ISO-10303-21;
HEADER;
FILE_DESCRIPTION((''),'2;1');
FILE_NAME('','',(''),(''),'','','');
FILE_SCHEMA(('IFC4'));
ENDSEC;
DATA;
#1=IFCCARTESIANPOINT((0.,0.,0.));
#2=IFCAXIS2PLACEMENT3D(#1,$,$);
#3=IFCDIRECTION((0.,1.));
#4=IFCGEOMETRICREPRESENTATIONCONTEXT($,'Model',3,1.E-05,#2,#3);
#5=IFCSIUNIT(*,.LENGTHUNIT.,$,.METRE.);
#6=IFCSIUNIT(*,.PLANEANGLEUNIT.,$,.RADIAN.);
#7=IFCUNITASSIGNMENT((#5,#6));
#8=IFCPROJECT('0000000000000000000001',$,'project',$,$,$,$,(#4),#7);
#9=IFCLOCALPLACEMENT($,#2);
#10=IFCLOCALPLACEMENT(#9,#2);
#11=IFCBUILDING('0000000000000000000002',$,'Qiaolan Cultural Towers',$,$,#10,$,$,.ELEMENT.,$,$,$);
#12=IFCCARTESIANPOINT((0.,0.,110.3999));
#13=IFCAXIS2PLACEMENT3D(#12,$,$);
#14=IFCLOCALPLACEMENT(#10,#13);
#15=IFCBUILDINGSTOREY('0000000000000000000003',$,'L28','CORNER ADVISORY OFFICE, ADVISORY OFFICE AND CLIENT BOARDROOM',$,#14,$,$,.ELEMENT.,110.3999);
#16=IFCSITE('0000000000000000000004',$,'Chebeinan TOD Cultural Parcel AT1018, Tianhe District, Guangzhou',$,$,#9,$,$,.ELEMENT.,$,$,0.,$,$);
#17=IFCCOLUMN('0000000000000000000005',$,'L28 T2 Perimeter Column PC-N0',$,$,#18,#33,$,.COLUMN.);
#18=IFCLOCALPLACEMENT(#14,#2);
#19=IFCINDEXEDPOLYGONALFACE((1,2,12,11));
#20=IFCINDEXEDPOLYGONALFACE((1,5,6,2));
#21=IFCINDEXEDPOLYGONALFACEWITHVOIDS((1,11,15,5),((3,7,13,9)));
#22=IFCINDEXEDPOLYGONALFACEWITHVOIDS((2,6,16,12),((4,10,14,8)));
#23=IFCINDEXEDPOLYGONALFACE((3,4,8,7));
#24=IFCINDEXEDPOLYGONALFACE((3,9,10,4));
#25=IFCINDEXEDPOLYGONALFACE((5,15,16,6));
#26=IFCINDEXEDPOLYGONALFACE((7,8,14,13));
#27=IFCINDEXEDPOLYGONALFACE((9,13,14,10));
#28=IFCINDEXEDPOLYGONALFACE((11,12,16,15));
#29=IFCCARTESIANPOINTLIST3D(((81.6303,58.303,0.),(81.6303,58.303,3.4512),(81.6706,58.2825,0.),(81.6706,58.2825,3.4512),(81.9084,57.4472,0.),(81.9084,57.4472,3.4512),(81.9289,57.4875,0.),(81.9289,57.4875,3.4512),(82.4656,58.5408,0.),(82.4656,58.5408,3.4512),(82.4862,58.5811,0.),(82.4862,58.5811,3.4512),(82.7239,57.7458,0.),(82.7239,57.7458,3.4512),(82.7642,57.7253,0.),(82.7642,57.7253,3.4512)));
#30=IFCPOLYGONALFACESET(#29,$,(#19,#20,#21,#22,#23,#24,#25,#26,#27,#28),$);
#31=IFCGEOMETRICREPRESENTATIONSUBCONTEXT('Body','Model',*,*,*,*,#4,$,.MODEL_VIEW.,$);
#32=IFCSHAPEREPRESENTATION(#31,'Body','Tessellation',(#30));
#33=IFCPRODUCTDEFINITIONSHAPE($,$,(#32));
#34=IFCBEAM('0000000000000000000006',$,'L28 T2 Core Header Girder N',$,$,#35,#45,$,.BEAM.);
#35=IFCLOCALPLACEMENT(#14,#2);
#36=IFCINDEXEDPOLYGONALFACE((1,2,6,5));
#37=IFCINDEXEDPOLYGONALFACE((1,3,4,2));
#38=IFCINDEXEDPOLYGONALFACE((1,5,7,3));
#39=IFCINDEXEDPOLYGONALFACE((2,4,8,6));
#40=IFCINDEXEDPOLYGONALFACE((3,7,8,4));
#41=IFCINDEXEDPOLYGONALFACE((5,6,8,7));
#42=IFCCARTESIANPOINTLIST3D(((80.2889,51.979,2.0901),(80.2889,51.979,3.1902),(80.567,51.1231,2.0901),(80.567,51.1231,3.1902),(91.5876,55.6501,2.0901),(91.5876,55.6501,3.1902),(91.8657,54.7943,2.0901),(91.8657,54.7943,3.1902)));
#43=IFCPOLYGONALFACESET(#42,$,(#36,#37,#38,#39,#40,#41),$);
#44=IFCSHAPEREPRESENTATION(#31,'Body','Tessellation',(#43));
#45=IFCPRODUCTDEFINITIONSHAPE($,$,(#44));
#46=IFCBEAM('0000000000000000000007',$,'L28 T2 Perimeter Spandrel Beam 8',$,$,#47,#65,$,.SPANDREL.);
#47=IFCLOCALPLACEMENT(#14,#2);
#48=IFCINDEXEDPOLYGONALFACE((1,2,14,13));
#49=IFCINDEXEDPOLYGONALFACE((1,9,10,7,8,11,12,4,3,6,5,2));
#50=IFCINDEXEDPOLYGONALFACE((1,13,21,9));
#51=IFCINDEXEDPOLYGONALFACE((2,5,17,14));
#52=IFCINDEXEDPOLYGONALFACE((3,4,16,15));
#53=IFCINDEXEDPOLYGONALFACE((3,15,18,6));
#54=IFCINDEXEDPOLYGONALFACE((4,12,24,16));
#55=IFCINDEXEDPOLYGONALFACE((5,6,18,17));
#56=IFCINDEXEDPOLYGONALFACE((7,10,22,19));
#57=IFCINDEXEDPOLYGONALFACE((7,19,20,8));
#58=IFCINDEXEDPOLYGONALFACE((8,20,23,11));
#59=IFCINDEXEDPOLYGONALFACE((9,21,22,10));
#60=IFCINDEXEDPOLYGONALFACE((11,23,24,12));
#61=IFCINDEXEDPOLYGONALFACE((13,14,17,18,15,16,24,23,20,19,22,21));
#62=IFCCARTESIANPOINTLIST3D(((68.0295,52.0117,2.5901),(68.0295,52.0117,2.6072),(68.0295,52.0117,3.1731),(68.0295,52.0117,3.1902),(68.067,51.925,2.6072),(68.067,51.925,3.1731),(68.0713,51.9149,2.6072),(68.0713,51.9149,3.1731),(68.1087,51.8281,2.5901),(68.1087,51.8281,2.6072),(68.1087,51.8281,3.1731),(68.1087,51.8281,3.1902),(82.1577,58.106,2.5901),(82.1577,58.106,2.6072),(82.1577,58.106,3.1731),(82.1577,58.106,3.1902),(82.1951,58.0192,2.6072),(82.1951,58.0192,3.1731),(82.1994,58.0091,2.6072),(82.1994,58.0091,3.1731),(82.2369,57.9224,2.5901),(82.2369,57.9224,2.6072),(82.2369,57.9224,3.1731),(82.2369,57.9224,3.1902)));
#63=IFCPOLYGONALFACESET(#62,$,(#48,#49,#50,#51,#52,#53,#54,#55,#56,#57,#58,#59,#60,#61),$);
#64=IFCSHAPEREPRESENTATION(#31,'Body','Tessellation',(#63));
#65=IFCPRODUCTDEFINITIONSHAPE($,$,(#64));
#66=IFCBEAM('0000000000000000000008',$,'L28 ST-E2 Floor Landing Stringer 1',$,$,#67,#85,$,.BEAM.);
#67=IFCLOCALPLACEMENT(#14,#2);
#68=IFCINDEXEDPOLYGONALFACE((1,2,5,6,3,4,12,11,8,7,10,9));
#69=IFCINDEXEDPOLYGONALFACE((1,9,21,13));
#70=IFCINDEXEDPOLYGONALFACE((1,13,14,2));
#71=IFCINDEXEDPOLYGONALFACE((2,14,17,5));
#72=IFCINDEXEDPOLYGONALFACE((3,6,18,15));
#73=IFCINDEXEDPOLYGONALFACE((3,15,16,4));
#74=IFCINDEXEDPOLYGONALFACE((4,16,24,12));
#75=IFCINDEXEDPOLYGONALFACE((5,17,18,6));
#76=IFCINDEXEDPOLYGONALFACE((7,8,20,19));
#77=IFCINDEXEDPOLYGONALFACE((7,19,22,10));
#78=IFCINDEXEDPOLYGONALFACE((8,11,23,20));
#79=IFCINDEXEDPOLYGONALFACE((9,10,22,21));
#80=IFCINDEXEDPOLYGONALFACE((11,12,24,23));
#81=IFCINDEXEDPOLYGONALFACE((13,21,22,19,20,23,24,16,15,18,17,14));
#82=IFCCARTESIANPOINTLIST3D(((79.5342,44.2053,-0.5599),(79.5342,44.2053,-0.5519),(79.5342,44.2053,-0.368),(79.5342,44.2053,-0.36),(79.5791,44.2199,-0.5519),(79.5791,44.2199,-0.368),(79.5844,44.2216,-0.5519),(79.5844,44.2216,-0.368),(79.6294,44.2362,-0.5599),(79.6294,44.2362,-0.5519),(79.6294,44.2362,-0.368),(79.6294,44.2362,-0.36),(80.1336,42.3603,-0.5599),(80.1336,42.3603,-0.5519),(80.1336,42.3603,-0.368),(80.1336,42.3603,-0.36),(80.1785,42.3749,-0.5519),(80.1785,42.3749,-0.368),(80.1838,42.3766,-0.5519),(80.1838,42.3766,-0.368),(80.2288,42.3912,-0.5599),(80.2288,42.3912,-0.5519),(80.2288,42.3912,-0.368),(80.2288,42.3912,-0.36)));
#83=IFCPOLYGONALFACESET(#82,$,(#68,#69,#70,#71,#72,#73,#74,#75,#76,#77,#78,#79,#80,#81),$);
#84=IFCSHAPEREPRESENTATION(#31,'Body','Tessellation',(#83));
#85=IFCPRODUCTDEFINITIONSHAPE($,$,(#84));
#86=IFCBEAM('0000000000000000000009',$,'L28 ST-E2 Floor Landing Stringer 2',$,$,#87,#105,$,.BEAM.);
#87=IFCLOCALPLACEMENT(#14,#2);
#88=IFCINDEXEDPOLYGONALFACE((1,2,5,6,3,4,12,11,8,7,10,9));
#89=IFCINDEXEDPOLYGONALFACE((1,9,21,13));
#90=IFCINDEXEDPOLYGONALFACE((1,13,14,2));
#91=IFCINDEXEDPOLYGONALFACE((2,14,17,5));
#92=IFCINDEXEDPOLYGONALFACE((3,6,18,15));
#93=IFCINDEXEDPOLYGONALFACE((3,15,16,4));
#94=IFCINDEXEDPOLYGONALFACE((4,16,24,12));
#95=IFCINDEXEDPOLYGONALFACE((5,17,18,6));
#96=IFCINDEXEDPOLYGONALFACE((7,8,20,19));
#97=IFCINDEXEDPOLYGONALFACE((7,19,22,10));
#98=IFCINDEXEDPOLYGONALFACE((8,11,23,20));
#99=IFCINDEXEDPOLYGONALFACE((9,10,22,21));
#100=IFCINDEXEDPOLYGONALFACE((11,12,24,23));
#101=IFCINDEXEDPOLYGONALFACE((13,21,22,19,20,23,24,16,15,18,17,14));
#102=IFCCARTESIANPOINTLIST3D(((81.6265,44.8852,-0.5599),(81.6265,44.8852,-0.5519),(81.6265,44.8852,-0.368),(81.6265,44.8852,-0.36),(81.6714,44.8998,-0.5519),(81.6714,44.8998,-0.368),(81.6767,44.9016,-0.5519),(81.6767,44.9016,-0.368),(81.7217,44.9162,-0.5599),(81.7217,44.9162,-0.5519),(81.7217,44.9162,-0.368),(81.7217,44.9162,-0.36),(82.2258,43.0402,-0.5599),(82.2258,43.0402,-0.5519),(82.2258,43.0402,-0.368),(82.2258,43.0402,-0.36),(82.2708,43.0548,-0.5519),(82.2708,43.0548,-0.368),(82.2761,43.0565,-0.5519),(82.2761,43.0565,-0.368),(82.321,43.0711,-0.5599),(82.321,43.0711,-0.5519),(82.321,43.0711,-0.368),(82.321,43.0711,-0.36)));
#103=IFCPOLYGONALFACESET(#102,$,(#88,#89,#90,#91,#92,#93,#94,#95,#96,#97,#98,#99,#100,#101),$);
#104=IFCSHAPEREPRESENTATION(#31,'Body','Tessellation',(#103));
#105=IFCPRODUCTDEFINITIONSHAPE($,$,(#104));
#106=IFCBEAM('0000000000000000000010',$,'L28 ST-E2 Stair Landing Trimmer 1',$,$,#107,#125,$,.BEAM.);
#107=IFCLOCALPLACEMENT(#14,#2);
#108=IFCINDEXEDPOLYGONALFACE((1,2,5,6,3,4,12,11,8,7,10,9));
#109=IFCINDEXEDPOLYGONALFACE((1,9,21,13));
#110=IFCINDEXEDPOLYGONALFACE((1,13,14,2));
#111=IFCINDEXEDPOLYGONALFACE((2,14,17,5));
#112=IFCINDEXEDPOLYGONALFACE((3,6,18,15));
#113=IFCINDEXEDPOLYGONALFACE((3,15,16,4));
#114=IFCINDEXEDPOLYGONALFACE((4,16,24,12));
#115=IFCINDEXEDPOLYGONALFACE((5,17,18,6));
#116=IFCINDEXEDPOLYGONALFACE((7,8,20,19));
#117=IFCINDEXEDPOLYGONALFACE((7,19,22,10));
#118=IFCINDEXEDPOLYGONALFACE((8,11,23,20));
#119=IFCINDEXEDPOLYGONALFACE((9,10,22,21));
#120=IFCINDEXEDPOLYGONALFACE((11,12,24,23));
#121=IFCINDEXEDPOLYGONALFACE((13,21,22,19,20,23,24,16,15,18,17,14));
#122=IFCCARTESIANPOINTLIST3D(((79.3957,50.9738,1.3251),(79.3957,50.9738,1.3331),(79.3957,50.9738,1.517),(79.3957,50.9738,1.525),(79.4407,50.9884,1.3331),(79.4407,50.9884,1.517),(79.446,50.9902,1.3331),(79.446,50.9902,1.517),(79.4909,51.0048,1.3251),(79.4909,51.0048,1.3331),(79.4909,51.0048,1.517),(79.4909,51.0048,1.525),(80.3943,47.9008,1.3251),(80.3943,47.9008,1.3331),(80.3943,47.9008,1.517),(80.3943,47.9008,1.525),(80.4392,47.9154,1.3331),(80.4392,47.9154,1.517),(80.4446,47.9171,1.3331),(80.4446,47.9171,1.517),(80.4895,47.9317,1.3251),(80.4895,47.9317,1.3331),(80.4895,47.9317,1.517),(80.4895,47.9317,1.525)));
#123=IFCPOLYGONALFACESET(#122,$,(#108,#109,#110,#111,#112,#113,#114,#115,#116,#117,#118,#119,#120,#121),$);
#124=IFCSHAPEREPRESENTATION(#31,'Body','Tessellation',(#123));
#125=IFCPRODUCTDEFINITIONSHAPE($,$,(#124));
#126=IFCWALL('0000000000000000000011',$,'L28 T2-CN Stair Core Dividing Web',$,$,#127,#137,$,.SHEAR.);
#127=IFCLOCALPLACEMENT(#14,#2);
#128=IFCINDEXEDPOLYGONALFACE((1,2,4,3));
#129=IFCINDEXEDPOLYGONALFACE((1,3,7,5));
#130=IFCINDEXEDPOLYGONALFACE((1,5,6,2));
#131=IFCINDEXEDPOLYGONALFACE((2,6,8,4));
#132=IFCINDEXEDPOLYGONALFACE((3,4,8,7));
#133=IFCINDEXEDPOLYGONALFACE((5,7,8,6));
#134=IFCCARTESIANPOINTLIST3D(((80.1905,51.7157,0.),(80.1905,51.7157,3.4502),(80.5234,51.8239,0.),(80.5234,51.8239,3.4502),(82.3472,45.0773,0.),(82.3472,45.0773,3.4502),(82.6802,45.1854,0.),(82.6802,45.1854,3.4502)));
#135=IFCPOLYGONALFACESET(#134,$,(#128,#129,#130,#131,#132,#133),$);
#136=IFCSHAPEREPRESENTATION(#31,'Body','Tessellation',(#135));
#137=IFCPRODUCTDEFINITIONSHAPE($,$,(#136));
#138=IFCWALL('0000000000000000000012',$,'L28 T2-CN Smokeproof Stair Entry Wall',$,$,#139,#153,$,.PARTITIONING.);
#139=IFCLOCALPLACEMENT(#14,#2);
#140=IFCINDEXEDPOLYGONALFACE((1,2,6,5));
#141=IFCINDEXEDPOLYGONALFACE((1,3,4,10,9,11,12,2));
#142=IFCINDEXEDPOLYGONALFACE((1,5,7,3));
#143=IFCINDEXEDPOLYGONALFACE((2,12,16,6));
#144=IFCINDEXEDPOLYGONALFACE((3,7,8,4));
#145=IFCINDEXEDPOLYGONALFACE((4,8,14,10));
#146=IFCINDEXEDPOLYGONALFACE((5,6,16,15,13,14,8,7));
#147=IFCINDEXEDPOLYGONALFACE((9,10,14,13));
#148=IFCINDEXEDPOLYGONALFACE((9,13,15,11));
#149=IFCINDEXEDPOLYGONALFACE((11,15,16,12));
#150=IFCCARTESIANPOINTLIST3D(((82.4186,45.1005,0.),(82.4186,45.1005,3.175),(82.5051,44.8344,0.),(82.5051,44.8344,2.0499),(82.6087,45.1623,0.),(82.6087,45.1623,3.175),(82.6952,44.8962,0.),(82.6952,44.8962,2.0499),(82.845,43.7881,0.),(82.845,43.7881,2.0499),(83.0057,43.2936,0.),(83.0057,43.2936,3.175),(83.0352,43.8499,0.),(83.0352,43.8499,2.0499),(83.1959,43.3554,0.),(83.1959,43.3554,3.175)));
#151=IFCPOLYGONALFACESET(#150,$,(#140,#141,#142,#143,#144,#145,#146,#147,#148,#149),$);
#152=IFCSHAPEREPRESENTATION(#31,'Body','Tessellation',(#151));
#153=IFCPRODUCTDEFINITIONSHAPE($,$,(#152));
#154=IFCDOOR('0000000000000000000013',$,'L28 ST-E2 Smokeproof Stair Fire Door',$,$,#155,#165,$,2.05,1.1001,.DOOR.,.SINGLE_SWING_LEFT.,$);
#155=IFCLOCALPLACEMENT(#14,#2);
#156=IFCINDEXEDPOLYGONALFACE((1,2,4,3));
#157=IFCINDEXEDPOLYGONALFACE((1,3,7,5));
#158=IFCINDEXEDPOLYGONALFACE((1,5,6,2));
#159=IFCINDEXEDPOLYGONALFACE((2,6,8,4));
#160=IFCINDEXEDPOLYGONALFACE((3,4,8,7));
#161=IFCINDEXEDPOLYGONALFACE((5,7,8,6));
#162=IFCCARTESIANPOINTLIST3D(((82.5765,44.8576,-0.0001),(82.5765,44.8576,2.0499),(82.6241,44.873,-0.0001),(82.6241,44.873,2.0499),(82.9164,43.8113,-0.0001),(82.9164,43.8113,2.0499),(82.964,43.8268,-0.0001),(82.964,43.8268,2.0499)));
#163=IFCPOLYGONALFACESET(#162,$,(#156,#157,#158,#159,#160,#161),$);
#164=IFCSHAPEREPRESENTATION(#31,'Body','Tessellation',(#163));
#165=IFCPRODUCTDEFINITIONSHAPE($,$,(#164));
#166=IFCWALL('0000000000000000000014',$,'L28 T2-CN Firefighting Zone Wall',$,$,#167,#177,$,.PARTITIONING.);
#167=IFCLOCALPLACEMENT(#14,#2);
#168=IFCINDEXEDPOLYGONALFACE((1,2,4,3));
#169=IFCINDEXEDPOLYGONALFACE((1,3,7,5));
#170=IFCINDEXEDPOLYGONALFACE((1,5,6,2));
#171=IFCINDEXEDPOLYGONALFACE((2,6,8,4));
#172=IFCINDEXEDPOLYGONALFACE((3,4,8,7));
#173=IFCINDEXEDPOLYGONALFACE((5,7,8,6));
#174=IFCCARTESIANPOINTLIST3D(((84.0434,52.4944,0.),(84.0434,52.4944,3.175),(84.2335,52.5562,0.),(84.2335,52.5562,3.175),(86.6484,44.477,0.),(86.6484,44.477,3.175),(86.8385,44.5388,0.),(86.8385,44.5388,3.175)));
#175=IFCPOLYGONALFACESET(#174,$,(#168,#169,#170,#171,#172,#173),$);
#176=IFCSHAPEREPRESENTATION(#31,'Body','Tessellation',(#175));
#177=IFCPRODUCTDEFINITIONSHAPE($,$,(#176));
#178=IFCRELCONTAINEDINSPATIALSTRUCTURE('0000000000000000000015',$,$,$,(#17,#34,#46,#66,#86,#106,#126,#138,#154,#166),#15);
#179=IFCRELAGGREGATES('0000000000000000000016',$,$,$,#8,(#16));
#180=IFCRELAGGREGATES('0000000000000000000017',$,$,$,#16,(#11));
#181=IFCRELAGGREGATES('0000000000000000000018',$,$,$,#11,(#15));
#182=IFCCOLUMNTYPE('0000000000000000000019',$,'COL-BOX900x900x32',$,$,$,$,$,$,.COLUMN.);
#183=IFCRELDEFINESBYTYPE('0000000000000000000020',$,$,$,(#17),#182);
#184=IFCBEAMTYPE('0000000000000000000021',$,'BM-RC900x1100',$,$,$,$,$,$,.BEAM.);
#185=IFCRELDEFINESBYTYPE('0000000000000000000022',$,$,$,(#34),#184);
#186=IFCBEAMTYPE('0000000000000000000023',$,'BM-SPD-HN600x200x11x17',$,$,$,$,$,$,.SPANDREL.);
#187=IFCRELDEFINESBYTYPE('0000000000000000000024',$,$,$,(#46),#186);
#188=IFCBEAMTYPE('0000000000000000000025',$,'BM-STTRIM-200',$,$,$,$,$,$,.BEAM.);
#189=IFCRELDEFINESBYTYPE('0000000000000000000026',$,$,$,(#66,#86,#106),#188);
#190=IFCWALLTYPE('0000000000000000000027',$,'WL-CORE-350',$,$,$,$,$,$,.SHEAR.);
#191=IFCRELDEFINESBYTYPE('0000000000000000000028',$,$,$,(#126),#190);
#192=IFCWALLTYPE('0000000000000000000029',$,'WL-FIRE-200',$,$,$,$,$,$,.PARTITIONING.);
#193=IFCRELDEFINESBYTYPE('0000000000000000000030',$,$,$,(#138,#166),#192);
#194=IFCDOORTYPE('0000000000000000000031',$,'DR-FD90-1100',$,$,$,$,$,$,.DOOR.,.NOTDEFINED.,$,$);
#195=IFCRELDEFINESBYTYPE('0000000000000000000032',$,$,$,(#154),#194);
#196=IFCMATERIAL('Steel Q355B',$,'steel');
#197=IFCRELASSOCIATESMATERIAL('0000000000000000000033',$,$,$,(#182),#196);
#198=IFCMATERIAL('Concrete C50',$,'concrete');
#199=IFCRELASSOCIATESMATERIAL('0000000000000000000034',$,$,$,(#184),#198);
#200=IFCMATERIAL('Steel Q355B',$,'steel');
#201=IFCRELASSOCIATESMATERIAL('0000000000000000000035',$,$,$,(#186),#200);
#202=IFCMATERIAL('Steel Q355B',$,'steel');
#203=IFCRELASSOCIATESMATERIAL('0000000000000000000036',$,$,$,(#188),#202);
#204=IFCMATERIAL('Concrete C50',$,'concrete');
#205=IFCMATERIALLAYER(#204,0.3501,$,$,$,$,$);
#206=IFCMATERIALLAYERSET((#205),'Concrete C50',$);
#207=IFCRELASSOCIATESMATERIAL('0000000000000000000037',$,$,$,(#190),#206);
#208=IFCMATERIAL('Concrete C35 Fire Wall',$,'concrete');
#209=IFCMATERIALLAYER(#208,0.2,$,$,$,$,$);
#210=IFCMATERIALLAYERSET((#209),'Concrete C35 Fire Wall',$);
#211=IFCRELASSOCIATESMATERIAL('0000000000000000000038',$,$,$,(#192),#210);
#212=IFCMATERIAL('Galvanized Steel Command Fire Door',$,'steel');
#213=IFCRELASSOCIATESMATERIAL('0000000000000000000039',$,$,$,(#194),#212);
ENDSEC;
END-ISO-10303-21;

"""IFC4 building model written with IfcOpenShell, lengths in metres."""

from ifc_helpers import new_model, si_unit, direction, frame, frame_2d, origin, origin_2d, place, context, subcontext, project, spatial, rectangle, hollow_rectangle, i_section, extrude, material, layer, layer_set, material_profile, profile_set, type_object, element, fill, save


model = new_model("IFC4")

# Units and contexts
model_context = context("Model", 3, precision=1e-05, world=origin(), true_north=direction((0.0, 1.0)))
body_context = subcontext(model_context, "Body", "Model", "MODEL_VIEW")
ifc_project = project(units=[si_unit("LENGTHUNIT", "METRE"), si_unit("PLANEANGLEUNIT", "RADIAN")], contexts=[model_context])

# Site, building, storey
site_placement = place(None, origin())
site = spatial("IfcSite", under=ifc_project, at=site_placement, Name="Chebeinan TOD Cultural Parcel AT1018, Tianhe District, Guangzhou", CompositionType="ELEMENT", RefElevation=0.0)
building_placement = place(site_placement, origin())
building = spatial("IfcBuilding", under=site, at=building_placement, Name="Qiaolan Cultural Towers", CompositionType="ELEMENT")
storey_placement = place(building_placement, frame((0.0, 0.0, 110.3999)))
storey = spatial("IfcBuildingStorey", under=building, at=storey_placement, Name="L28", Description="CORNER ADVISORY OFFICE, ADVISORY OFFICE AND CLIENT BOARDROOM", CompositionType="ELEMENT", Elevation=110.3999)

# Column
ifc_material_1 = material(Name="Steel Q355B", Category="steel")
ifc_material_profile_1 = material_profile(ifc_material_1, hollow_rectangle(XDim=0.8999, YDim=0.8999, WallThickness=0.032, at=origin_2d()), Name="BOX900x900x32")
ifc_profile_set_1 = profile_set([ifc_material_profile_1], Name="Steel Q355B")
column_type = type_object("IfcColumnType", Name="COL-BOX900x900x32", PredefinedType="COLUMN", material=ifc_profile_set_1)
column_placement = place(storey_placement, frame((82.1973, 58.0142, 0.0), z_axis=(0.0, 0.0, 1.0), x_axis=(0.951057, 0.309017, 0.0)))
element("IfcColumn", 1, at=column_placement, inside=storey, type_object=column_type, Name="L28 T2 Perimeter Column PC-N0", PredefinedType="COLUMN", context=body_context, shape_type="SweptSolid", body=[
    extrude(hollow_rectangle(XDim=0.8999, YDim=0.8999, WallThickness=0.032, at=origin_2d()), origin(), (0.0, 0.0, 1.0), 3.4512),
])

# Beams
ifc_material_2 = material(Name="Concrete C50", Category="concrete")
ifc_material_profile_2 = material_profile(ifc_material_2, rectangle(XDim=0.8999, YDim=1.1001, at=origin_2d()), Name="RC900x1100")
ifc_profile_set_2 = profile_set([ifc_material_profile_2], Name="Concrete C50")
beam_type_1 = type_object("IfcBeamType", Name="BM-RC900x1100", PredefinedType="BEAM", material=ifc_profile_set_2)
beam_1_placement = place(storey_placement, frame((80.428, 51.551, 2.6401), z_axis=(0.951056, 0.309018, 0.0), x_axis=(-0.309018, 0.951056, 0.0)))
element("IfcBeam", 2, at=beam_1_placement, inside=storey, type_object=beam_type_1, Name="L28 T2 Core Header Girder N", PredefinedType="BEAM", context=body_context, shape_type="SweptSolid", body=[
    extrude(rectangle(XDim=0.8999, YDim=1.1001, at=origin_2d()), origin(), (0.0, 0.0, 1.0), 11.8801),
])
ifc_material_3 = material(Name="Steel Q355B", Category="steel")
ifc_material_profile_3 = material_profile(ifc_material_3, i_section(OverallWidth=0.2, OverallDepth=0.6001, WebThickness=0.011, FlangeThickness=0.0171, at=origin_2d()), Name="HN600x200x11x17")
ifc_profile_set_3 = profile_set([ifc_material_profile_3], Name="Steel Q355B")
beam_type_2 = type_object("IfcBeamType", Name="BM-SPD-HN600x200x11x17", PredefinedType="SPANDREL", material=ifc_profile_set_3)
beam_2_placement = place(storey_placement, frame((82.1973, 58.0142, 2.8901), z_axis=(-0.918218, -0.396076, 0.0), x_axis=(0.396076, -0.918218, 0.0)))
element("IfcBeam", 3, at=beam_2_placement, inside=storey, type_object=beam_type_2, Name="L28 T2 Perimeter Spandrel Beam 8", PredefinedType="SPANDREL", context=body_context, shape_type="SweptSolid", body=[
    extrude(i_section(OverallWidth=0.2, OverallDepth=0.6001, WebThickness=0.011, FlangeThickness=0.0171, at=origin_2d()), origin(), (0.0, 0.0, 1.0), 15.3865),
])
ifc_material_4 = material(Name="Steel Q355B", Category="steel")
ifc_material_profile_4 = material_profile(ifc_material_4, i_section(OverallWidth=0.1001, OverallDepth=0.2, WebThickness=0.0056, FlangeThickness=0.0081, at=origin_2d()), Name="HN200x100x5.5x8")
ifc_profile_set_4 = profile_set([ifc_material_profile_4], Name="Steel Q355B")
beam_type_3 = type_object("IfcBeamType", Name="BM-STTRIM-200", PredefinedType="BEAM", material=ifc_profile_set_4)
for number, where, z_axis, x_axis, name in (
    (4, (80.1812, 42.3757, -0.46), (-0.308969, 0.951072, 0.0), (-0.951072, -0.308969, 0.0), "L28 ST-E2 Floor Landing Stringer 1"),
    (5, (82.2734, 43.0557, -0.46), (-0.308969, 0.951072, 0.0), (-0.951072, -0.308969, 0.0), "L28 ST-E2 Floor Landing Stringer 2"),
):
    element("IfcBeam", number, at=place(storey_placement, frame(where, z_axis=z_axis, x_axis=x_axis)), inside=storey, type_object=beam_type_3, Name=name, PredefinedType="BEAM", context=body_context, shape_type="SweptSolid", body=[
        extrude(i_section(OverallWidth=0.1001, OverallDepth=0.2, WebThickness=0.0056, FlangeThickness=0.0081, at=origin_2d()), origin(), (0.0, 0.0, 1.0), 1.9399),
    ])
beam_3_placement = place(storey_placement, frame((80.4419, 47.9163, 1.425), z_axis=(-0.309033, 0.951051, 0.0), x_axis=(-0.951051, -0.309033, 0.0)))
element("IfcBeam", 6, at=beam_3_placement, inside=storey, type_object=beam_type_3, Name="L28 ST-E2 Stair Landing Trimmer 1", PredefinedType="BEAM", context=body_context, shape_type="SweptSolid", body=[
    extrude(i_section(OverallWidth=0.1001, OverallDepth=0.2, WebThickness=0.0056, FlangeThickness=0.0081, at=origin_2d()), origin(), (0.0, 0.0, 1.0), 3.2312),
])

# Wall
ifc_material_5 = material(Name="Concrete C50", Category="concrete")
ifc_layer_1 = layer(ifc_material_5, 0.3501)
ifc_layer_set_1 = layer_set([ifc_layer_1], Name="Concrete C50")
wall_type_1 = type_object("IfcWallType", Name="WL-CORE-350", PredefinedType="SHEAR", material=ifc_layer_set_1)
wall_1_placement = place(storey_placement, frame((82.5137, 45.1313, 0.0), z_axis=(0.0, 0.0, 1.0), x_axis=(-0.308989, 0.951066, 0.0)))
element("IfcWall", 7, at=wall_1_placement, inside=storey, type_object=wall_type_1, Name="L28 T2-CN Stair Core Dividing Web", PredefinedType="SHEAR", context=body_context, shape_type="SweptSolid", body=[
    extrude(rectangle(XDim=6.98, YDim=0.3501, at=frame_2d((3.49, 0.0))), origin(), (0.0, 0.0, 1.0), 3.4502),
])

# Wall, opening, door
ifc_material_6 = material(Name="Concrete C35 Fire Wall", Category="concrete")
ifc_layer_2 = layer(ifc_material_6, 0.2)
ifc_layer_set_2 = layer_set([ifc_layer_2], Name="Concrete C35 Fire Wall")
wall_type_2 = type_object("IfcWallType", Name="WL-FIRE-200", PredefinedType="PARTITIONING", material=ifc_layer_set_2)
wall_2_placement = place(storey_placement, frame((83.1008, 43.3245, 0.0), z_axis=(0.0, 0.0, 1.0), x_axis=(-0.309048, 0.951046, 0.0)))
wall_2 = element("IfcWall", 8, at=wall_2_placement, inside=storey, type_object=wall_type_2, Name="L28 T2-CN Smokeproof Stair Entry Wall", PredefinedType="PARTITIONING", context=body_context, shape_type="SweptSolid", body=[
    extrude(rectangle(XDim=1.8999, YDim=0.2, at=frame_2d((0.95, 0.0))), origin(), (0.0, 0.0, 1.0), 3.175),
])
opening_1_placement = place(wall_2_placement, frame((0.52, 0.0, 0.0)))
opening_1 = element("IfcOpeningElement", 9, at=opening_1_placement, cuts=wall_2, PredefinedType="OPENING", context=body_context, shape_type="SweptSolid", body=[
    extrude(rectangle(XDim=1.1001, YDim=2.05, at=frame_2d((0.55, 1.0249))), frame((0.0, 0.1099, 0.0), z_axis=(0.0, -1.0, 0.0), x_axis=(1.0, 0.0, 0.0)), (0.0, 0.0, 1.0), 0.22),
])
ifc_material_7 = material(Name="Galvanized Steel Command Fire Door", Category="steel")
door_type_1 = type_object("IfcDoorType", Name="DR-FD90-1100", OperationType="NOTDEFINED", PredefinedType="DOOR", material=ifc_material_7)
door_1_placement = place(opening_1_placement, origin())
door_1 = element("IfcDoor", 10, at=door_1_placement, inside=storey, type_object=door_type_1, Name="L28 ST-E2 Smokeproof Stair Fire Door", OperationType="SINGLE_SWING_LEFT", OverallHeight=2.05, OverallWidth=1.1001, PredefinedType="DOOR", context=body_context, shape_type="SweptSolid", body=[
    extrude(rectangle(XDim=1.1001, YDim=2.05, at=frame_2d((0.55, 1.0249))), frame((0.0, 0.0249, 0.0), z_axis=(0.0, -1.0, 0.0), x_axis=(1.0, 0.0, 0.0)), (0.0, 0.0, 1.0), 0.05),
])
fill(opening_1, door_1)

# Wall
wall_3_placement = place(storey_placement, frame((86.7434, 44.5081, 0.0), z_axis=(0.0, 0.0, 1.0), x_axis=(-0.309016, 0.951057, 0.0)))
element("IfcWall", 11, at=wall_3_placement, inside=storey, type_object=wall_type_2, Name="L28 T2-CN Firefighting Zone Wall", PredefinedType="PARTITIONING", context=body_context, shape_type="SweptSolid", body=[
    extrude(rectangle(XDim=8.4299, YDim=0.2, at=frame_2d((4.2148, 0.0))), origin(), (0.0, 0.0, 1.0), 3.175),
])

save(model, "model.ifc")
